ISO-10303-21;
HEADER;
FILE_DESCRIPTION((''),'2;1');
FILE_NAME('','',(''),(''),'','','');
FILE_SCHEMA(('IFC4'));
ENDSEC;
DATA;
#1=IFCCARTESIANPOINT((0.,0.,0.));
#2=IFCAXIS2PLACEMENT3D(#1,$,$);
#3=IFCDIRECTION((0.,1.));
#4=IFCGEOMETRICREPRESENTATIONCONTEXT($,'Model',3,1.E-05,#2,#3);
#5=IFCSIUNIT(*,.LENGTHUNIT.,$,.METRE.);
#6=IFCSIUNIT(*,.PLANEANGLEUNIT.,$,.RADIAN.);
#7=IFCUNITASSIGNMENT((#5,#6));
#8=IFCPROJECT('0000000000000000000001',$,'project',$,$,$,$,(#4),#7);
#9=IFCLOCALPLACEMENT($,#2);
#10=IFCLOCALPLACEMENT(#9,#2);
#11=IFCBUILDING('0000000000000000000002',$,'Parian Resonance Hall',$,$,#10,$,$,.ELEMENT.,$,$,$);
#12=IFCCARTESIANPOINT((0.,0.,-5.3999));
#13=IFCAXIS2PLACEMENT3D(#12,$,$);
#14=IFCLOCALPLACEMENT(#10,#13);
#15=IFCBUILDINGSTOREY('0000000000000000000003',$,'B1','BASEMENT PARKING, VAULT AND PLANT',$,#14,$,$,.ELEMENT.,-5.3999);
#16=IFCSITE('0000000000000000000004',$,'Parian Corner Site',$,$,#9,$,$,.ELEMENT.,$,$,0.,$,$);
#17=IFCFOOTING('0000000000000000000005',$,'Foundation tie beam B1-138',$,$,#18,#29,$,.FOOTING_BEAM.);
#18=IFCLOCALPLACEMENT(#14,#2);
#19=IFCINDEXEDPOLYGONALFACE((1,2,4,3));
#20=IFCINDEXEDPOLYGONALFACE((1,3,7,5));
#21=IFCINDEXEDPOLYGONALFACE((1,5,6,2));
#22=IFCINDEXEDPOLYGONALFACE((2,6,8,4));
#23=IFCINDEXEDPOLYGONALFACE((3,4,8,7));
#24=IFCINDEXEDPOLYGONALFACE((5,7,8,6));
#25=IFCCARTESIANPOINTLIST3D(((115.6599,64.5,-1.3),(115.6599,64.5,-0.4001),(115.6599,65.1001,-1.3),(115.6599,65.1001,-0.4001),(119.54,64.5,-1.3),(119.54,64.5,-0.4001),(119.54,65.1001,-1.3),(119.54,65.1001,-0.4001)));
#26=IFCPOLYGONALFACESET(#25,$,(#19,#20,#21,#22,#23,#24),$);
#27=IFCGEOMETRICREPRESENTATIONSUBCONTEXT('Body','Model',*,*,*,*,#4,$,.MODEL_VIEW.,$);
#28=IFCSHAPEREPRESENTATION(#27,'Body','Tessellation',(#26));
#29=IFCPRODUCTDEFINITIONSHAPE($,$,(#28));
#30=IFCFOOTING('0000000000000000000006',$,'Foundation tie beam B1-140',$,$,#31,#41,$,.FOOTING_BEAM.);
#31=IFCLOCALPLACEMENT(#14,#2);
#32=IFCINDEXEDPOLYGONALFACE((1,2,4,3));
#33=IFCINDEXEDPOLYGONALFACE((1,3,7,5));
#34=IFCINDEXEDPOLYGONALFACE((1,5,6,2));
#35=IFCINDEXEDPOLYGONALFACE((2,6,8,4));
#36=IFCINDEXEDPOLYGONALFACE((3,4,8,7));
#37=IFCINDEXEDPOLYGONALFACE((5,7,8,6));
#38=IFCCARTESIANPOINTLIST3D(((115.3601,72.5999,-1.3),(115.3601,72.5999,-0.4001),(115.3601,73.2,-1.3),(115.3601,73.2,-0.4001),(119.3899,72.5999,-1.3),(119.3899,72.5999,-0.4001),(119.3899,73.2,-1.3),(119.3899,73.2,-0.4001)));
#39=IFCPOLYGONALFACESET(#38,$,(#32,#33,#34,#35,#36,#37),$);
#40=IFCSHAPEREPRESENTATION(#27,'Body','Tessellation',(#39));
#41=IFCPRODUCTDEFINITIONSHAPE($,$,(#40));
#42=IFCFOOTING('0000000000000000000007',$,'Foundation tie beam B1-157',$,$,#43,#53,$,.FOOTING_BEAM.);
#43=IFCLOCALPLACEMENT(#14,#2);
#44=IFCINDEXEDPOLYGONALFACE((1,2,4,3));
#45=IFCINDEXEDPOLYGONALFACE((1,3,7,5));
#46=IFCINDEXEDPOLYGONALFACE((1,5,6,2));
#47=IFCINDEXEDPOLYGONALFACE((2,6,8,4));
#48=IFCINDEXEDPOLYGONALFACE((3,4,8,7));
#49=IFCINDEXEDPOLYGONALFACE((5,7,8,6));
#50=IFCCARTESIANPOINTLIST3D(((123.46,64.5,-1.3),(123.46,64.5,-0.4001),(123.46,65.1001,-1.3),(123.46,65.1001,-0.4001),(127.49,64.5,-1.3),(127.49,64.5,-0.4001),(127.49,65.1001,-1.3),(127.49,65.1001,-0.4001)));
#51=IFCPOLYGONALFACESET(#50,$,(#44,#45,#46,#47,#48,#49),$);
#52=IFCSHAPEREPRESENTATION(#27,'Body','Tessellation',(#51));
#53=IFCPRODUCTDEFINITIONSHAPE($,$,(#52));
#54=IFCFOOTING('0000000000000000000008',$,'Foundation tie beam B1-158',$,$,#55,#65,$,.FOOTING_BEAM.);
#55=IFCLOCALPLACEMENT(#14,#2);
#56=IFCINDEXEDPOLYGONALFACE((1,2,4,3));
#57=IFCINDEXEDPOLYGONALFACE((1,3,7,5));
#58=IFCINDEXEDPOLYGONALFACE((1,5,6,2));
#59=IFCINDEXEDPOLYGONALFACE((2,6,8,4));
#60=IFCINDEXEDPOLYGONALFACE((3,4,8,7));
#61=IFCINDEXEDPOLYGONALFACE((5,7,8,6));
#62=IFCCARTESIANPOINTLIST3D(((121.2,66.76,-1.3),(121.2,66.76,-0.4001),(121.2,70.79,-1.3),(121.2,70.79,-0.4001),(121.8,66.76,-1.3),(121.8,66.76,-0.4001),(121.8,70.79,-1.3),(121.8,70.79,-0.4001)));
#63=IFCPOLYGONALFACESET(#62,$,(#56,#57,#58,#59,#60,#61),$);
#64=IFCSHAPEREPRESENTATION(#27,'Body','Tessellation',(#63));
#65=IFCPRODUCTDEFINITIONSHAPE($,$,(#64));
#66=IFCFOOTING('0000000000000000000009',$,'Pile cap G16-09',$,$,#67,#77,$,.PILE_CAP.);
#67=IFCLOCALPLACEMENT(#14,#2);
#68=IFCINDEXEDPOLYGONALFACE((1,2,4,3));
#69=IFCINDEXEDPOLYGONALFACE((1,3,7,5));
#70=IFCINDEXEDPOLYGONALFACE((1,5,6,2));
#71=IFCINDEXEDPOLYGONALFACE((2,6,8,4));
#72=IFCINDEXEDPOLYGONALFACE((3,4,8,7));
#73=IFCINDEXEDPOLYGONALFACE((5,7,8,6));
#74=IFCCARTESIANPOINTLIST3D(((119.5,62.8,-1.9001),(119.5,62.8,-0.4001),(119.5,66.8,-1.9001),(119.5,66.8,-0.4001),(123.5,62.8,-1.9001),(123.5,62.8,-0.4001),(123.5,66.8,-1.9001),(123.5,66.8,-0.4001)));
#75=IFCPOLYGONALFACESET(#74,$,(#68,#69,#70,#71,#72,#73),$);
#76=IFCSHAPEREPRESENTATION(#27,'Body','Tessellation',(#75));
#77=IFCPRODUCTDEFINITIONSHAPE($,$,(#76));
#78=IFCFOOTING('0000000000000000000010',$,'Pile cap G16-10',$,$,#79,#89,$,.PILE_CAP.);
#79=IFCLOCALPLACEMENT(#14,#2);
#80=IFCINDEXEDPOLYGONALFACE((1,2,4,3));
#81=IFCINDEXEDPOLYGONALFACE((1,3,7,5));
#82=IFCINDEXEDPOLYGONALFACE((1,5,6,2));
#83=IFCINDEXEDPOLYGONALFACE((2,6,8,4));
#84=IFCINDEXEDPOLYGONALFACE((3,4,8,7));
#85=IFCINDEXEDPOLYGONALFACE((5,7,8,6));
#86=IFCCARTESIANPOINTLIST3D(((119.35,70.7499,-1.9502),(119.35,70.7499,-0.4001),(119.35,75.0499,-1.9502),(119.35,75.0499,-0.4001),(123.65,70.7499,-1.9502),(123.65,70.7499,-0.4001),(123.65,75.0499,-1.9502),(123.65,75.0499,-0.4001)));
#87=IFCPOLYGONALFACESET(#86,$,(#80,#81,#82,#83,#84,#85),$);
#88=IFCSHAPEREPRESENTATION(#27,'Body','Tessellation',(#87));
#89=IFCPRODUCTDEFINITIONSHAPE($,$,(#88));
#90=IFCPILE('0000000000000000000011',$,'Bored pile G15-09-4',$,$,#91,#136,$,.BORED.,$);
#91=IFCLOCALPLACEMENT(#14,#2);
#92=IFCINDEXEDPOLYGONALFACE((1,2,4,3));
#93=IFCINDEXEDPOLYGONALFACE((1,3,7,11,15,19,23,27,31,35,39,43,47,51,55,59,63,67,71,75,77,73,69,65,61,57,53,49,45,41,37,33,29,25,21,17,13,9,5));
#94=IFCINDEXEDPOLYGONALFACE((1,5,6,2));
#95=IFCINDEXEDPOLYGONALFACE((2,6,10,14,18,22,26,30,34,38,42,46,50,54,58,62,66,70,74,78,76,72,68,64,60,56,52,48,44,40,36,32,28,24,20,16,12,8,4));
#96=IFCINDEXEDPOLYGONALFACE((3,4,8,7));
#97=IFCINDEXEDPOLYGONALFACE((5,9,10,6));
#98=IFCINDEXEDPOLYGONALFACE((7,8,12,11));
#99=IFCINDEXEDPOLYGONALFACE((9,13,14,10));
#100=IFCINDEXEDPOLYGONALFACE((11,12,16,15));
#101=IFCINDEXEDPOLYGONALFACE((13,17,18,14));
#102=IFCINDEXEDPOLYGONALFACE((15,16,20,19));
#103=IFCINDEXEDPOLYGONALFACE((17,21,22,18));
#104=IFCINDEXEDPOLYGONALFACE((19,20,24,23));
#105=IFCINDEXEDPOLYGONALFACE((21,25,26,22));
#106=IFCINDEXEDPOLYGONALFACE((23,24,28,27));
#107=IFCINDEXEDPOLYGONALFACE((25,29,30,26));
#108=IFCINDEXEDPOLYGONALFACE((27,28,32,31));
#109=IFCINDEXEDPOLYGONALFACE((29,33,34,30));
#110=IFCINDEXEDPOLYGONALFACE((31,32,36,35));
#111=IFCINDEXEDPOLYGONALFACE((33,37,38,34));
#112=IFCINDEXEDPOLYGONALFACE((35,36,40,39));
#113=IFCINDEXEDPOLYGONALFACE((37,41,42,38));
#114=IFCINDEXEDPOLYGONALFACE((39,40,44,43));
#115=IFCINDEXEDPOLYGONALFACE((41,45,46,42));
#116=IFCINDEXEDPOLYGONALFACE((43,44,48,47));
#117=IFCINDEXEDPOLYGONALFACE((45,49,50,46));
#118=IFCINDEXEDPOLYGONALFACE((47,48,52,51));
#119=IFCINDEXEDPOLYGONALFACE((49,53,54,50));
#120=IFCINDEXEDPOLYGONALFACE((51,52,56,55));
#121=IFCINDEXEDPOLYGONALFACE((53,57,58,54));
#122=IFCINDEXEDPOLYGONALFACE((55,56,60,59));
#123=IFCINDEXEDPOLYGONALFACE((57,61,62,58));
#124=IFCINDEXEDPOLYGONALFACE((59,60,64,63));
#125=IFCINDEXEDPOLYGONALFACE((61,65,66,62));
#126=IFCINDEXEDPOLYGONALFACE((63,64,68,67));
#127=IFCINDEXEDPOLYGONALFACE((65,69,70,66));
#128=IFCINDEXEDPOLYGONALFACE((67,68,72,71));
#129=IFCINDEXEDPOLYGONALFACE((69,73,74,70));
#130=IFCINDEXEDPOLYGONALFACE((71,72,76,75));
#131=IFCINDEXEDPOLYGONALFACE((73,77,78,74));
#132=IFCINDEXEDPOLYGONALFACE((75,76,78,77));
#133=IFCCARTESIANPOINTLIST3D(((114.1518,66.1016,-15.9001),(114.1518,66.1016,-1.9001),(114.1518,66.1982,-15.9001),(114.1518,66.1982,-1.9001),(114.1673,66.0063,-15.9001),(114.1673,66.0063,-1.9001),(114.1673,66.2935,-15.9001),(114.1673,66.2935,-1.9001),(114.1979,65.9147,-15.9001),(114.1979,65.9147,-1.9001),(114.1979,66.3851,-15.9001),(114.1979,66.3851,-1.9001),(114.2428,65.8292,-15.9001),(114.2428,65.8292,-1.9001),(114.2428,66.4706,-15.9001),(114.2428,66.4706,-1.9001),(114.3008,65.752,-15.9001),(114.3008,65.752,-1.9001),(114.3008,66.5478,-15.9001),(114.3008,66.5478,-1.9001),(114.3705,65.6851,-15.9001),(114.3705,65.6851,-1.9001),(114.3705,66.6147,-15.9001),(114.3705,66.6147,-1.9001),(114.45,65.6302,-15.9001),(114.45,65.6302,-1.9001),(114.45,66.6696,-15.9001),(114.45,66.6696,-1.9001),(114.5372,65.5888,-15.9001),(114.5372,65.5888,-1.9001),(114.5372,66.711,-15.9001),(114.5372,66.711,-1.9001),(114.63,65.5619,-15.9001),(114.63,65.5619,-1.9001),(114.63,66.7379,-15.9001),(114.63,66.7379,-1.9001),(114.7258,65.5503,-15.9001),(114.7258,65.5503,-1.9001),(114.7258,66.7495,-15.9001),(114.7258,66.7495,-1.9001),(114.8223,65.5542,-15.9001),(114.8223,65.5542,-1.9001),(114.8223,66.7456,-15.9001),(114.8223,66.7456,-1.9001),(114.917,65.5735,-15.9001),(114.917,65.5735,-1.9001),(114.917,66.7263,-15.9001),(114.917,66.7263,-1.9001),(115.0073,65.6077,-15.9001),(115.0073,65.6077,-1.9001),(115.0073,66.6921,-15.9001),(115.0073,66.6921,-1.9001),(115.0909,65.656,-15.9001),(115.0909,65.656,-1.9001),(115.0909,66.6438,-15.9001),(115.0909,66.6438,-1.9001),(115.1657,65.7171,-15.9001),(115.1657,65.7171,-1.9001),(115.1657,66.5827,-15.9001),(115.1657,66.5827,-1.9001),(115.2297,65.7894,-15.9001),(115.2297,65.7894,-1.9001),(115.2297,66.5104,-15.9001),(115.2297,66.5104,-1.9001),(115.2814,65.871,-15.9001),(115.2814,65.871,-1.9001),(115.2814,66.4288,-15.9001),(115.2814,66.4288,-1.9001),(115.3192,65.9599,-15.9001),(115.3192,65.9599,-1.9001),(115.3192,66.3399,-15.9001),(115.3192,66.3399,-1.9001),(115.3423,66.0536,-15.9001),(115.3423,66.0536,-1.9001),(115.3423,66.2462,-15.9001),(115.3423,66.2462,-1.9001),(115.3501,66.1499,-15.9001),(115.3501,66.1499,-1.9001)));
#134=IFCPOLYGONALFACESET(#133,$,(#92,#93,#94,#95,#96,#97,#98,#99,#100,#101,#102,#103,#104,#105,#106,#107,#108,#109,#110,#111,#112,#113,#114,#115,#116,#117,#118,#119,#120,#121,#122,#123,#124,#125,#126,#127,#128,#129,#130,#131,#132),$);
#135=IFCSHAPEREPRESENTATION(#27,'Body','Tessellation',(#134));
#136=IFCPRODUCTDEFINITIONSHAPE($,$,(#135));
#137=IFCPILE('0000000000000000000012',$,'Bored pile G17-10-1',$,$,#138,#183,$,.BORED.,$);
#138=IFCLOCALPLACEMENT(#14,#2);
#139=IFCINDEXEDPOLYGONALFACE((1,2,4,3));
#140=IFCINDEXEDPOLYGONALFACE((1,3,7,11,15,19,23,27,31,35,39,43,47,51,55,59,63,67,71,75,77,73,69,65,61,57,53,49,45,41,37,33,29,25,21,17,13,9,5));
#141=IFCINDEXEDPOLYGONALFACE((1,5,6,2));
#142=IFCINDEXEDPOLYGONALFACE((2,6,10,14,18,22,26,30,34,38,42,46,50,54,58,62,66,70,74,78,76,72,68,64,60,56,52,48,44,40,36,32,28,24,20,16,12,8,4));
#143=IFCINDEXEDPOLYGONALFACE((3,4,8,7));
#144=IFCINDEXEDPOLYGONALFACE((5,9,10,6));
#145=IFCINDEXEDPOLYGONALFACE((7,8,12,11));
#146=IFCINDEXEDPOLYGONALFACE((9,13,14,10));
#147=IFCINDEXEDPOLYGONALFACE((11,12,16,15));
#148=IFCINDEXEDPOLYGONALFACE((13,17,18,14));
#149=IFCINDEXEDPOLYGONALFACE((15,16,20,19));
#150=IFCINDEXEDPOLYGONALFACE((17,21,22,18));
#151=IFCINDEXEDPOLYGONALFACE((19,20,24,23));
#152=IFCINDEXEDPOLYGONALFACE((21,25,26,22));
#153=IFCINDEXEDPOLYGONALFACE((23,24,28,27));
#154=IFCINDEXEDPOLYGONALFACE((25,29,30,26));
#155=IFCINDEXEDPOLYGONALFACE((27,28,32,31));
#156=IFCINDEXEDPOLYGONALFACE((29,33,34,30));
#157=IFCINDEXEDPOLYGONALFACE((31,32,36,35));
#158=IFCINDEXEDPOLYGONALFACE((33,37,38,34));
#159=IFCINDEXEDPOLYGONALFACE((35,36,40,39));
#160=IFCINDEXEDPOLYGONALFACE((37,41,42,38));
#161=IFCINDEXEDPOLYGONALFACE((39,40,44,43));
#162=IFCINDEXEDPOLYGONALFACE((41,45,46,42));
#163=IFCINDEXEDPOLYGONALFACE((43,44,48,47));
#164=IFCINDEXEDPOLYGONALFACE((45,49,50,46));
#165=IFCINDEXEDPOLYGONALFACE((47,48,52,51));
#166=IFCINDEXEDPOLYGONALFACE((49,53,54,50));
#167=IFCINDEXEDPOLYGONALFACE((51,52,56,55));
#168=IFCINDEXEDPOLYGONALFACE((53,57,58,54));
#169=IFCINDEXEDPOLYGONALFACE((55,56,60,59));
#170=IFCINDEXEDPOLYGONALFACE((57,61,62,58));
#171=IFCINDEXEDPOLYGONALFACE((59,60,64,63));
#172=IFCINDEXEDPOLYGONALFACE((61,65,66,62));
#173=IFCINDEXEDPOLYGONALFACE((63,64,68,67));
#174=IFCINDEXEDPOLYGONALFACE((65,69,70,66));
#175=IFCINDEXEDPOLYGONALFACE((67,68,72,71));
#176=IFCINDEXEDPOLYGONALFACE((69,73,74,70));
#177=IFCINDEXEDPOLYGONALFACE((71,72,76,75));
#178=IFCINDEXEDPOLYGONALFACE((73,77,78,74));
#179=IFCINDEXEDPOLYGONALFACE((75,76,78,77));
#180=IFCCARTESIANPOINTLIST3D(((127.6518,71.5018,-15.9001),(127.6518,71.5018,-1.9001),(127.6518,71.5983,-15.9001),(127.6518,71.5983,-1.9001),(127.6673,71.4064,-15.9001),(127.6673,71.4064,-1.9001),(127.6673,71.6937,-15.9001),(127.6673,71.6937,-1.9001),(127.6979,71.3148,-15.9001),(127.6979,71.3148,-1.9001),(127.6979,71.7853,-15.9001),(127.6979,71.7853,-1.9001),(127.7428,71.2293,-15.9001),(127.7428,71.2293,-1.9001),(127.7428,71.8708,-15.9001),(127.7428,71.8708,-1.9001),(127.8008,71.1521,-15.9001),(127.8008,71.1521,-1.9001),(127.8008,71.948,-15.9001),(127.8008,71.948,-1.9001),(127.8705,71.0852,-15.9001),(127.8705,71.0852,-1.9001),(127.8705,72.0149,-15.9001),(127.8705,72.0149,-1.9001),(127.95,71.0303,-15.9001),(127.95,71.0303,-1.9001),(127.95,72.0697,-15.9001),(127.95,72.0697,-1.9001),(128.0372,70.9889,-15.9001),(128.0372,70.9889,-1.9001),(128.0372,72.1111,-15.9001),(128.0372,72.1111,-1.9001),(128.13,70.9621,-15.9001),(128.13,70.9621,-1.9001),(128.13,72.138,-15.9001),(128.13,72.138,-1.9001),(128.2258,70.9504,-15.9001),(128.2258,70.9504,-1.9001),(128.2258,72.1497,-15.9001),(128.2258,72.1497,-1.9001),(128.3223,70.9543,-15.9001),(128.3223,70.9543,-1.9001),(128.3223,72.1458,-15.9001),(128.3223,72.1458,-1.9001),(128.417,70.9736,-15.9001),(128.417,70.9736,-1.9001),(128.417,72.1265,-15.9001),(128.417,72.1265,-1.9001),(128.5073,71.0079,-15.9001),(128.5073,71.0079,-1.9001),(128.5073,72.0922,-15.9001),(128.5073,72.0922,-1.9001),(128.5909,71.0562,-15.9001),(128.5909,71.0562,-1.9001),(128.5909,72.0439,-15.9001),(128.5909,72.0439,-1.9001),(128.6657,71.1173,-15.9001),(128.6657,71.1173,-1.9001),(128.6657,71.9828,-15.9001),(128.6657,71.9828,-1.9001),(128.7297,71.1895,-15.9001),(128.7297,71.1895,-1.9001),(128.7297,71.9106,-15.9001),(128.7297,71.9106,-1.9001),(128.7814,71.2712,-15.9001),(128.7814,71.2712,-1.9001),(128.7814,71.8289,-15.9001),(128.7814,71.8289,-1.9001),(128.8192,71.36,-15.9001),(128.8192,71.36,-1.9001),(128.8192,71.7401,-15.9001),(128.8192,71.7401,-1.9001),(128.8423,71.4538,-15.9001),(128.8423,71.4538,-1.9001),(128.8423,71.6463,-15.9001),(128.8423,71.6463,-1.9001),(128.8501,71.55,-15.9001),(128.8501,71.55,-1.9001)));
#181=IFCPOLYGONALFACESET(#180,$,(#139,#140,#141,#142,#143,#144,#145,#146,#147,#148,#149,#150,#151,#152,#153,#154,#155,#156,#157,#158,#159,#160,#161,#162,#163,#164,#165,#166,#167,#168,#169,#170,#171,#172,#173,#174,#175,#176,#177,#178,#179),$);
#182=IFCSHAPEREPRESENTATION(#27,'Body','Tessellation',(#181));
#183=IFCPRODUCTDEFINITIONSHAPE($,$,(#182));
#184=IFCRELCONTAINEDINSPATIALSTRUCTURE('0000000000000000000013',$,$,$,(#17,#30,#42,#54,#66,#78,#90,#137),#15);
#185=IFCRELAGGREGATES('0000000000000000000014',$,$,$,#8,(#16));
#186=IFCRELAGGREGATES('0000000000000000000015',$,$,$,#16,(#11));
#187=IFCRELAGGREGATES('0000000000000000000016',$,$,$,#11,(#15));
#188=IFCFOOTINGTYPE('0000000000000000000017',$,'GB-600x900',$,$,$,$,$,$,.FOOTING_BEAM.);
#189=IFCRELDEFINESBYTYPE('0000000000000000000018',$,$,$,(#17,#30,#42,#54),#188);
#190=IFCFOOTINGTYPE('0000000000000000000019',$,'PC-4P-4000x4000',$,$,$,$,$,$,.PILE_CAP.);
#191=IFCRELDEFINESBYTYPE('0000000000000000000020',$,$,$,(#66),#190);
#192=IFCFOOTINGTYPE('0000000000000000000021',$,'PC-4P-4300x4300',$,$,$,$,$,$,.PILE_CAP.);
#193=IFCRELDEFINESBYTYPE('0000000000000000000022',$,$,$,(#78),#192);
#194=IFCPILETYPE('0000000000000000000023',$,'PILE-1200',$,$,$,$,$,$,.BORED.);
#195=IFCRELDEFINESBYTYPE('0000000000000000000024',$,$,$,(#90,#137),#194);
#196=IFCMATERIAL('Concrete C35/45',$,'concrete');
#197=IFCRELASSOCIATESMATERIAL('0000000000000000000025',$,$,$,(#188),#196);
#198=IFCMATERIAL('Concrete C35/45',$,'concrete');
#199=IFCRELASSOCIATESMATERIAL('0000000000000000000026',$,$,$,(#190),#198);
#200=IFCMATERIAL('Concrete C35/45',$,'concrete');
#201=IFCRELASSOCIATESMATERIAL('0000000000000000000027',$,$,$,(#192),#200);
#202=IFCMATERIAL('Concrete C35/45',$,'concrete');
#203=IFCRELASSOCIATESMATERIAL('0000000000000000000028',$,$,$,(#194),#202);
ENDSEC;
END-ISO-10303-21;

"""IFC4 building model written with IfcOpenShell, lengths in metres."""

from ifc_helpers import new_model, si_unit, direction, frame, origin, origin_2d, place, context, subcontext, project, spatial, rectangle, circle, extrude, material, material_profile, profile_set, type_object, element, save


model = new_model("IFC4")

# Units and contexts
model_context = context("Model", 3, precision=1e-05, world=origin(), true_north=direction((0.0, 1.0)))
body_context = subcontext(model_context, "Body", "Model", "MODEL_VIEW")
ifc_project = project(units=[si_unit("LENGTHUNIT", "METRE"), si_unit("PLANEANGLEUNIT", "RADIAN")], contexts=[model_context])

# Site, building, storey
site_placement = place(None, origin())
site = spatial("IfcSite", under=ifc_project, at=site_placement, Name="Parian Corner Site", CompositionType="ELEMENT", RefElevation=0.0)
building_placement = place(site_placement, origin())
building = spatial("IfcBuilding", under=site, at=building_placement, Name="Parian Resonance Hall", CompositionType="ELEMENT")
storey_placement = place(building_placement, frame((0.0, 0.0, -5.3999)))
storey = spatial("IfcBuildingStorey", under=building, at=storey_placement, Name="B1", Description="BASEMENT PARKING, VAULT AND PLANT", CompositionType="ELEMENT", Elevation=-5.3999)

# Footings
ifc_material_1 = material(Name="Concrete C35/45", Category="concrete")
ifc_material_profile_1 = material_profile(ifc_material_1, rectangle(XDim=0.6001, YDim=0.8999, at=origin_2d()), Name="RC-GB-600x900")
ifc_profile_set_1 = profile_set([ifc_material_profile_1], Name="Concrete C35/45")
footing_type_1 = type_object("IfcFootingType", Name="GB-600x900", PredefinedType="FOOTING_BEAM", material=ifc_profile_set_1)
footing_1_placement = place(storey_placement, frame((115.6599, 64.8, -0.8501), z_axis=(1.0, 0.0, 0.0), x_axis=(0.0, 1.0, 0.0)))
element("IfcFooting", 1, at=footing_1_placement, inside=storey, type_object=footing_type_1, Name="Foundation tie beam B1-138", PredefinedType="FOOTING_BEAM", context=body_context, shape_type="SweptSolid", body=[
    extrude(rectangle(XDim=0.6001, YDim=0.8999, at=origin_2d()), origin(), (0.0, 0.0, 1.0), 3.8801),
])
footing_2_placement = place(storey_placement, frame((115.3601, 72.8999, -0.8501), z_axis=(1.0, 0.0, 0.0), x_axis=(0.0, 1.0, 0.0)))
element("IfcFooting", 2, at=footing_2_placement, inside=storey, type_object=footing_type_1, Name="Foundation tie beam B1-140", PredefinedType="FOOTING_BEAM", context=body_context, shape_type="SweptSolid", body=[
    extrude(rectangle(XDim=0.6001, YDim=0.8999, at=origin_2d()), origin(), (0.0, 0.0, 1.0), 4.0298),
])
for number, where, z_axis, x_axis, name in (
    (3, (123.46, 64.8, -0.8501), (1.0, 0.0, 0.0), (0.0, 1.0, 0.0), "Foundation tie beam B1-157"),
    (4, (121.5, 66.76, -0.8501), (0.0, 1.0, 0.0), (-1.0, 0.0, 0.0), "Foundation tie beam B1-158"),
):
    element("IfcFooting", number, at=place(storey_placement, frame(where, z_axis=z_axis, x_axis=x_axis)), inside=storey, type_object=footing_type_1, Name=name, PredefinedType="FOOTING_BEAM", context=body_context, shape_type="SweptSolid", body=[
        extrude(rectangle(XDim=0.6001, YDim=0.8999, at=origin_2d()), origin(), (0.0, 0.0, 1.0), 4.03),
    ])
ifc_material_2 = material(Name="Concrete C35/45", Category="concrete")
footing_type_2 = type_object("IfcFootingType", Name="PC-4P-4000x4000", PredefinedType="PILE_CAP", material=ifc_material_2)
footing_3_placement = place(storey_placement, frame((121.5, 64.8, -1.9001), z_axis=(0.0, 0.0, 1.0), x_axis=(1.0, 0.0, 0.0)))
element("IfcFooting", 5, at=footing_3_placement, inside=storey, type_object=footing_type_2, Name="Pile cap G16-09", PredefinedType="PILE_CAP", context=body_context, shape_type="SweptSolid", body=[
    extrude(rectangle(XDim=4.0, YDim=4.0, at=origin_2d()), origin(), (0.0, 0.0, 1.0), 1.5),
])
ifc_material_3 = material(Name="Concrete C35/45", Category="concrete")
footing_type_3 = type_object("IfcFootingType", Name="PC-4P-4300x4300", PredefinedType="PILE_CAP", material=ifc_material_3)
footing_4_placement = place(storey_placement, frame((121.5, 72.8999, -1.9502), z_axis=(0.0, 0.0, 1.0), x_axis=(1.0, 0.0, 0.0)))
element("IfcFooting", 6, at=footing_4_placement, inside=storey, type_object=footing_type_3, Name="Pile cap G16-10", PredefinedType="PILE_CAP", context=body_context, shape_type="SweptSolid", body=[
    extrude(rectangle(XDim=4.3, YDim=4.3, at=origin_2d()), origin(), (0.0, 0.0, 1.0), 1.55),
])

# Piles
ifc_material_4 = material(Name="Concrete C35/45", Category="concrete")
ifc_material_profile_2 = material_profile(ifc_material_4, circle(Radius=0.6001, at=origin_2d()), Name="PILE-D1200")
ifc_profile_set_2 = profile_set([ifc_material_profile_2], Name="Concrete C35/45")
pile_type_1 = type_object("IfcPileType", Name="PILE-1200", PredefinedType="BORED", material=ifc_profile_set_2)
for number, where, z_axis, x_axis, name in (
    (7, (114.75, 66.1499, -1.9001), (0.0, 0.0, -1.0), (1.0, 0.0, 0.0), "Bored pile G15-09-4"),
    (8, (128.25, 71.55, -1.9001), (0.0, 0.0, -1.0), (1.0, 0.0, 0.0), "Bored pile G17-10-1"),
):
    element("IfcPile", number, at=place(storey_placement, frame(where, z_axis=z_axis, x_axis=x_axis)), inside=storey, type_object=pile_type_1, Name=name, PredefinedType="BORED", context=body_context, shape_type="SweptSolid", body=[
        extrude(circle(Radius=0.6001, at=origin_2d()), origin(), (0.0, 0.0, 1.0), 14.0),
    ])

save(model, "model.ifc")
